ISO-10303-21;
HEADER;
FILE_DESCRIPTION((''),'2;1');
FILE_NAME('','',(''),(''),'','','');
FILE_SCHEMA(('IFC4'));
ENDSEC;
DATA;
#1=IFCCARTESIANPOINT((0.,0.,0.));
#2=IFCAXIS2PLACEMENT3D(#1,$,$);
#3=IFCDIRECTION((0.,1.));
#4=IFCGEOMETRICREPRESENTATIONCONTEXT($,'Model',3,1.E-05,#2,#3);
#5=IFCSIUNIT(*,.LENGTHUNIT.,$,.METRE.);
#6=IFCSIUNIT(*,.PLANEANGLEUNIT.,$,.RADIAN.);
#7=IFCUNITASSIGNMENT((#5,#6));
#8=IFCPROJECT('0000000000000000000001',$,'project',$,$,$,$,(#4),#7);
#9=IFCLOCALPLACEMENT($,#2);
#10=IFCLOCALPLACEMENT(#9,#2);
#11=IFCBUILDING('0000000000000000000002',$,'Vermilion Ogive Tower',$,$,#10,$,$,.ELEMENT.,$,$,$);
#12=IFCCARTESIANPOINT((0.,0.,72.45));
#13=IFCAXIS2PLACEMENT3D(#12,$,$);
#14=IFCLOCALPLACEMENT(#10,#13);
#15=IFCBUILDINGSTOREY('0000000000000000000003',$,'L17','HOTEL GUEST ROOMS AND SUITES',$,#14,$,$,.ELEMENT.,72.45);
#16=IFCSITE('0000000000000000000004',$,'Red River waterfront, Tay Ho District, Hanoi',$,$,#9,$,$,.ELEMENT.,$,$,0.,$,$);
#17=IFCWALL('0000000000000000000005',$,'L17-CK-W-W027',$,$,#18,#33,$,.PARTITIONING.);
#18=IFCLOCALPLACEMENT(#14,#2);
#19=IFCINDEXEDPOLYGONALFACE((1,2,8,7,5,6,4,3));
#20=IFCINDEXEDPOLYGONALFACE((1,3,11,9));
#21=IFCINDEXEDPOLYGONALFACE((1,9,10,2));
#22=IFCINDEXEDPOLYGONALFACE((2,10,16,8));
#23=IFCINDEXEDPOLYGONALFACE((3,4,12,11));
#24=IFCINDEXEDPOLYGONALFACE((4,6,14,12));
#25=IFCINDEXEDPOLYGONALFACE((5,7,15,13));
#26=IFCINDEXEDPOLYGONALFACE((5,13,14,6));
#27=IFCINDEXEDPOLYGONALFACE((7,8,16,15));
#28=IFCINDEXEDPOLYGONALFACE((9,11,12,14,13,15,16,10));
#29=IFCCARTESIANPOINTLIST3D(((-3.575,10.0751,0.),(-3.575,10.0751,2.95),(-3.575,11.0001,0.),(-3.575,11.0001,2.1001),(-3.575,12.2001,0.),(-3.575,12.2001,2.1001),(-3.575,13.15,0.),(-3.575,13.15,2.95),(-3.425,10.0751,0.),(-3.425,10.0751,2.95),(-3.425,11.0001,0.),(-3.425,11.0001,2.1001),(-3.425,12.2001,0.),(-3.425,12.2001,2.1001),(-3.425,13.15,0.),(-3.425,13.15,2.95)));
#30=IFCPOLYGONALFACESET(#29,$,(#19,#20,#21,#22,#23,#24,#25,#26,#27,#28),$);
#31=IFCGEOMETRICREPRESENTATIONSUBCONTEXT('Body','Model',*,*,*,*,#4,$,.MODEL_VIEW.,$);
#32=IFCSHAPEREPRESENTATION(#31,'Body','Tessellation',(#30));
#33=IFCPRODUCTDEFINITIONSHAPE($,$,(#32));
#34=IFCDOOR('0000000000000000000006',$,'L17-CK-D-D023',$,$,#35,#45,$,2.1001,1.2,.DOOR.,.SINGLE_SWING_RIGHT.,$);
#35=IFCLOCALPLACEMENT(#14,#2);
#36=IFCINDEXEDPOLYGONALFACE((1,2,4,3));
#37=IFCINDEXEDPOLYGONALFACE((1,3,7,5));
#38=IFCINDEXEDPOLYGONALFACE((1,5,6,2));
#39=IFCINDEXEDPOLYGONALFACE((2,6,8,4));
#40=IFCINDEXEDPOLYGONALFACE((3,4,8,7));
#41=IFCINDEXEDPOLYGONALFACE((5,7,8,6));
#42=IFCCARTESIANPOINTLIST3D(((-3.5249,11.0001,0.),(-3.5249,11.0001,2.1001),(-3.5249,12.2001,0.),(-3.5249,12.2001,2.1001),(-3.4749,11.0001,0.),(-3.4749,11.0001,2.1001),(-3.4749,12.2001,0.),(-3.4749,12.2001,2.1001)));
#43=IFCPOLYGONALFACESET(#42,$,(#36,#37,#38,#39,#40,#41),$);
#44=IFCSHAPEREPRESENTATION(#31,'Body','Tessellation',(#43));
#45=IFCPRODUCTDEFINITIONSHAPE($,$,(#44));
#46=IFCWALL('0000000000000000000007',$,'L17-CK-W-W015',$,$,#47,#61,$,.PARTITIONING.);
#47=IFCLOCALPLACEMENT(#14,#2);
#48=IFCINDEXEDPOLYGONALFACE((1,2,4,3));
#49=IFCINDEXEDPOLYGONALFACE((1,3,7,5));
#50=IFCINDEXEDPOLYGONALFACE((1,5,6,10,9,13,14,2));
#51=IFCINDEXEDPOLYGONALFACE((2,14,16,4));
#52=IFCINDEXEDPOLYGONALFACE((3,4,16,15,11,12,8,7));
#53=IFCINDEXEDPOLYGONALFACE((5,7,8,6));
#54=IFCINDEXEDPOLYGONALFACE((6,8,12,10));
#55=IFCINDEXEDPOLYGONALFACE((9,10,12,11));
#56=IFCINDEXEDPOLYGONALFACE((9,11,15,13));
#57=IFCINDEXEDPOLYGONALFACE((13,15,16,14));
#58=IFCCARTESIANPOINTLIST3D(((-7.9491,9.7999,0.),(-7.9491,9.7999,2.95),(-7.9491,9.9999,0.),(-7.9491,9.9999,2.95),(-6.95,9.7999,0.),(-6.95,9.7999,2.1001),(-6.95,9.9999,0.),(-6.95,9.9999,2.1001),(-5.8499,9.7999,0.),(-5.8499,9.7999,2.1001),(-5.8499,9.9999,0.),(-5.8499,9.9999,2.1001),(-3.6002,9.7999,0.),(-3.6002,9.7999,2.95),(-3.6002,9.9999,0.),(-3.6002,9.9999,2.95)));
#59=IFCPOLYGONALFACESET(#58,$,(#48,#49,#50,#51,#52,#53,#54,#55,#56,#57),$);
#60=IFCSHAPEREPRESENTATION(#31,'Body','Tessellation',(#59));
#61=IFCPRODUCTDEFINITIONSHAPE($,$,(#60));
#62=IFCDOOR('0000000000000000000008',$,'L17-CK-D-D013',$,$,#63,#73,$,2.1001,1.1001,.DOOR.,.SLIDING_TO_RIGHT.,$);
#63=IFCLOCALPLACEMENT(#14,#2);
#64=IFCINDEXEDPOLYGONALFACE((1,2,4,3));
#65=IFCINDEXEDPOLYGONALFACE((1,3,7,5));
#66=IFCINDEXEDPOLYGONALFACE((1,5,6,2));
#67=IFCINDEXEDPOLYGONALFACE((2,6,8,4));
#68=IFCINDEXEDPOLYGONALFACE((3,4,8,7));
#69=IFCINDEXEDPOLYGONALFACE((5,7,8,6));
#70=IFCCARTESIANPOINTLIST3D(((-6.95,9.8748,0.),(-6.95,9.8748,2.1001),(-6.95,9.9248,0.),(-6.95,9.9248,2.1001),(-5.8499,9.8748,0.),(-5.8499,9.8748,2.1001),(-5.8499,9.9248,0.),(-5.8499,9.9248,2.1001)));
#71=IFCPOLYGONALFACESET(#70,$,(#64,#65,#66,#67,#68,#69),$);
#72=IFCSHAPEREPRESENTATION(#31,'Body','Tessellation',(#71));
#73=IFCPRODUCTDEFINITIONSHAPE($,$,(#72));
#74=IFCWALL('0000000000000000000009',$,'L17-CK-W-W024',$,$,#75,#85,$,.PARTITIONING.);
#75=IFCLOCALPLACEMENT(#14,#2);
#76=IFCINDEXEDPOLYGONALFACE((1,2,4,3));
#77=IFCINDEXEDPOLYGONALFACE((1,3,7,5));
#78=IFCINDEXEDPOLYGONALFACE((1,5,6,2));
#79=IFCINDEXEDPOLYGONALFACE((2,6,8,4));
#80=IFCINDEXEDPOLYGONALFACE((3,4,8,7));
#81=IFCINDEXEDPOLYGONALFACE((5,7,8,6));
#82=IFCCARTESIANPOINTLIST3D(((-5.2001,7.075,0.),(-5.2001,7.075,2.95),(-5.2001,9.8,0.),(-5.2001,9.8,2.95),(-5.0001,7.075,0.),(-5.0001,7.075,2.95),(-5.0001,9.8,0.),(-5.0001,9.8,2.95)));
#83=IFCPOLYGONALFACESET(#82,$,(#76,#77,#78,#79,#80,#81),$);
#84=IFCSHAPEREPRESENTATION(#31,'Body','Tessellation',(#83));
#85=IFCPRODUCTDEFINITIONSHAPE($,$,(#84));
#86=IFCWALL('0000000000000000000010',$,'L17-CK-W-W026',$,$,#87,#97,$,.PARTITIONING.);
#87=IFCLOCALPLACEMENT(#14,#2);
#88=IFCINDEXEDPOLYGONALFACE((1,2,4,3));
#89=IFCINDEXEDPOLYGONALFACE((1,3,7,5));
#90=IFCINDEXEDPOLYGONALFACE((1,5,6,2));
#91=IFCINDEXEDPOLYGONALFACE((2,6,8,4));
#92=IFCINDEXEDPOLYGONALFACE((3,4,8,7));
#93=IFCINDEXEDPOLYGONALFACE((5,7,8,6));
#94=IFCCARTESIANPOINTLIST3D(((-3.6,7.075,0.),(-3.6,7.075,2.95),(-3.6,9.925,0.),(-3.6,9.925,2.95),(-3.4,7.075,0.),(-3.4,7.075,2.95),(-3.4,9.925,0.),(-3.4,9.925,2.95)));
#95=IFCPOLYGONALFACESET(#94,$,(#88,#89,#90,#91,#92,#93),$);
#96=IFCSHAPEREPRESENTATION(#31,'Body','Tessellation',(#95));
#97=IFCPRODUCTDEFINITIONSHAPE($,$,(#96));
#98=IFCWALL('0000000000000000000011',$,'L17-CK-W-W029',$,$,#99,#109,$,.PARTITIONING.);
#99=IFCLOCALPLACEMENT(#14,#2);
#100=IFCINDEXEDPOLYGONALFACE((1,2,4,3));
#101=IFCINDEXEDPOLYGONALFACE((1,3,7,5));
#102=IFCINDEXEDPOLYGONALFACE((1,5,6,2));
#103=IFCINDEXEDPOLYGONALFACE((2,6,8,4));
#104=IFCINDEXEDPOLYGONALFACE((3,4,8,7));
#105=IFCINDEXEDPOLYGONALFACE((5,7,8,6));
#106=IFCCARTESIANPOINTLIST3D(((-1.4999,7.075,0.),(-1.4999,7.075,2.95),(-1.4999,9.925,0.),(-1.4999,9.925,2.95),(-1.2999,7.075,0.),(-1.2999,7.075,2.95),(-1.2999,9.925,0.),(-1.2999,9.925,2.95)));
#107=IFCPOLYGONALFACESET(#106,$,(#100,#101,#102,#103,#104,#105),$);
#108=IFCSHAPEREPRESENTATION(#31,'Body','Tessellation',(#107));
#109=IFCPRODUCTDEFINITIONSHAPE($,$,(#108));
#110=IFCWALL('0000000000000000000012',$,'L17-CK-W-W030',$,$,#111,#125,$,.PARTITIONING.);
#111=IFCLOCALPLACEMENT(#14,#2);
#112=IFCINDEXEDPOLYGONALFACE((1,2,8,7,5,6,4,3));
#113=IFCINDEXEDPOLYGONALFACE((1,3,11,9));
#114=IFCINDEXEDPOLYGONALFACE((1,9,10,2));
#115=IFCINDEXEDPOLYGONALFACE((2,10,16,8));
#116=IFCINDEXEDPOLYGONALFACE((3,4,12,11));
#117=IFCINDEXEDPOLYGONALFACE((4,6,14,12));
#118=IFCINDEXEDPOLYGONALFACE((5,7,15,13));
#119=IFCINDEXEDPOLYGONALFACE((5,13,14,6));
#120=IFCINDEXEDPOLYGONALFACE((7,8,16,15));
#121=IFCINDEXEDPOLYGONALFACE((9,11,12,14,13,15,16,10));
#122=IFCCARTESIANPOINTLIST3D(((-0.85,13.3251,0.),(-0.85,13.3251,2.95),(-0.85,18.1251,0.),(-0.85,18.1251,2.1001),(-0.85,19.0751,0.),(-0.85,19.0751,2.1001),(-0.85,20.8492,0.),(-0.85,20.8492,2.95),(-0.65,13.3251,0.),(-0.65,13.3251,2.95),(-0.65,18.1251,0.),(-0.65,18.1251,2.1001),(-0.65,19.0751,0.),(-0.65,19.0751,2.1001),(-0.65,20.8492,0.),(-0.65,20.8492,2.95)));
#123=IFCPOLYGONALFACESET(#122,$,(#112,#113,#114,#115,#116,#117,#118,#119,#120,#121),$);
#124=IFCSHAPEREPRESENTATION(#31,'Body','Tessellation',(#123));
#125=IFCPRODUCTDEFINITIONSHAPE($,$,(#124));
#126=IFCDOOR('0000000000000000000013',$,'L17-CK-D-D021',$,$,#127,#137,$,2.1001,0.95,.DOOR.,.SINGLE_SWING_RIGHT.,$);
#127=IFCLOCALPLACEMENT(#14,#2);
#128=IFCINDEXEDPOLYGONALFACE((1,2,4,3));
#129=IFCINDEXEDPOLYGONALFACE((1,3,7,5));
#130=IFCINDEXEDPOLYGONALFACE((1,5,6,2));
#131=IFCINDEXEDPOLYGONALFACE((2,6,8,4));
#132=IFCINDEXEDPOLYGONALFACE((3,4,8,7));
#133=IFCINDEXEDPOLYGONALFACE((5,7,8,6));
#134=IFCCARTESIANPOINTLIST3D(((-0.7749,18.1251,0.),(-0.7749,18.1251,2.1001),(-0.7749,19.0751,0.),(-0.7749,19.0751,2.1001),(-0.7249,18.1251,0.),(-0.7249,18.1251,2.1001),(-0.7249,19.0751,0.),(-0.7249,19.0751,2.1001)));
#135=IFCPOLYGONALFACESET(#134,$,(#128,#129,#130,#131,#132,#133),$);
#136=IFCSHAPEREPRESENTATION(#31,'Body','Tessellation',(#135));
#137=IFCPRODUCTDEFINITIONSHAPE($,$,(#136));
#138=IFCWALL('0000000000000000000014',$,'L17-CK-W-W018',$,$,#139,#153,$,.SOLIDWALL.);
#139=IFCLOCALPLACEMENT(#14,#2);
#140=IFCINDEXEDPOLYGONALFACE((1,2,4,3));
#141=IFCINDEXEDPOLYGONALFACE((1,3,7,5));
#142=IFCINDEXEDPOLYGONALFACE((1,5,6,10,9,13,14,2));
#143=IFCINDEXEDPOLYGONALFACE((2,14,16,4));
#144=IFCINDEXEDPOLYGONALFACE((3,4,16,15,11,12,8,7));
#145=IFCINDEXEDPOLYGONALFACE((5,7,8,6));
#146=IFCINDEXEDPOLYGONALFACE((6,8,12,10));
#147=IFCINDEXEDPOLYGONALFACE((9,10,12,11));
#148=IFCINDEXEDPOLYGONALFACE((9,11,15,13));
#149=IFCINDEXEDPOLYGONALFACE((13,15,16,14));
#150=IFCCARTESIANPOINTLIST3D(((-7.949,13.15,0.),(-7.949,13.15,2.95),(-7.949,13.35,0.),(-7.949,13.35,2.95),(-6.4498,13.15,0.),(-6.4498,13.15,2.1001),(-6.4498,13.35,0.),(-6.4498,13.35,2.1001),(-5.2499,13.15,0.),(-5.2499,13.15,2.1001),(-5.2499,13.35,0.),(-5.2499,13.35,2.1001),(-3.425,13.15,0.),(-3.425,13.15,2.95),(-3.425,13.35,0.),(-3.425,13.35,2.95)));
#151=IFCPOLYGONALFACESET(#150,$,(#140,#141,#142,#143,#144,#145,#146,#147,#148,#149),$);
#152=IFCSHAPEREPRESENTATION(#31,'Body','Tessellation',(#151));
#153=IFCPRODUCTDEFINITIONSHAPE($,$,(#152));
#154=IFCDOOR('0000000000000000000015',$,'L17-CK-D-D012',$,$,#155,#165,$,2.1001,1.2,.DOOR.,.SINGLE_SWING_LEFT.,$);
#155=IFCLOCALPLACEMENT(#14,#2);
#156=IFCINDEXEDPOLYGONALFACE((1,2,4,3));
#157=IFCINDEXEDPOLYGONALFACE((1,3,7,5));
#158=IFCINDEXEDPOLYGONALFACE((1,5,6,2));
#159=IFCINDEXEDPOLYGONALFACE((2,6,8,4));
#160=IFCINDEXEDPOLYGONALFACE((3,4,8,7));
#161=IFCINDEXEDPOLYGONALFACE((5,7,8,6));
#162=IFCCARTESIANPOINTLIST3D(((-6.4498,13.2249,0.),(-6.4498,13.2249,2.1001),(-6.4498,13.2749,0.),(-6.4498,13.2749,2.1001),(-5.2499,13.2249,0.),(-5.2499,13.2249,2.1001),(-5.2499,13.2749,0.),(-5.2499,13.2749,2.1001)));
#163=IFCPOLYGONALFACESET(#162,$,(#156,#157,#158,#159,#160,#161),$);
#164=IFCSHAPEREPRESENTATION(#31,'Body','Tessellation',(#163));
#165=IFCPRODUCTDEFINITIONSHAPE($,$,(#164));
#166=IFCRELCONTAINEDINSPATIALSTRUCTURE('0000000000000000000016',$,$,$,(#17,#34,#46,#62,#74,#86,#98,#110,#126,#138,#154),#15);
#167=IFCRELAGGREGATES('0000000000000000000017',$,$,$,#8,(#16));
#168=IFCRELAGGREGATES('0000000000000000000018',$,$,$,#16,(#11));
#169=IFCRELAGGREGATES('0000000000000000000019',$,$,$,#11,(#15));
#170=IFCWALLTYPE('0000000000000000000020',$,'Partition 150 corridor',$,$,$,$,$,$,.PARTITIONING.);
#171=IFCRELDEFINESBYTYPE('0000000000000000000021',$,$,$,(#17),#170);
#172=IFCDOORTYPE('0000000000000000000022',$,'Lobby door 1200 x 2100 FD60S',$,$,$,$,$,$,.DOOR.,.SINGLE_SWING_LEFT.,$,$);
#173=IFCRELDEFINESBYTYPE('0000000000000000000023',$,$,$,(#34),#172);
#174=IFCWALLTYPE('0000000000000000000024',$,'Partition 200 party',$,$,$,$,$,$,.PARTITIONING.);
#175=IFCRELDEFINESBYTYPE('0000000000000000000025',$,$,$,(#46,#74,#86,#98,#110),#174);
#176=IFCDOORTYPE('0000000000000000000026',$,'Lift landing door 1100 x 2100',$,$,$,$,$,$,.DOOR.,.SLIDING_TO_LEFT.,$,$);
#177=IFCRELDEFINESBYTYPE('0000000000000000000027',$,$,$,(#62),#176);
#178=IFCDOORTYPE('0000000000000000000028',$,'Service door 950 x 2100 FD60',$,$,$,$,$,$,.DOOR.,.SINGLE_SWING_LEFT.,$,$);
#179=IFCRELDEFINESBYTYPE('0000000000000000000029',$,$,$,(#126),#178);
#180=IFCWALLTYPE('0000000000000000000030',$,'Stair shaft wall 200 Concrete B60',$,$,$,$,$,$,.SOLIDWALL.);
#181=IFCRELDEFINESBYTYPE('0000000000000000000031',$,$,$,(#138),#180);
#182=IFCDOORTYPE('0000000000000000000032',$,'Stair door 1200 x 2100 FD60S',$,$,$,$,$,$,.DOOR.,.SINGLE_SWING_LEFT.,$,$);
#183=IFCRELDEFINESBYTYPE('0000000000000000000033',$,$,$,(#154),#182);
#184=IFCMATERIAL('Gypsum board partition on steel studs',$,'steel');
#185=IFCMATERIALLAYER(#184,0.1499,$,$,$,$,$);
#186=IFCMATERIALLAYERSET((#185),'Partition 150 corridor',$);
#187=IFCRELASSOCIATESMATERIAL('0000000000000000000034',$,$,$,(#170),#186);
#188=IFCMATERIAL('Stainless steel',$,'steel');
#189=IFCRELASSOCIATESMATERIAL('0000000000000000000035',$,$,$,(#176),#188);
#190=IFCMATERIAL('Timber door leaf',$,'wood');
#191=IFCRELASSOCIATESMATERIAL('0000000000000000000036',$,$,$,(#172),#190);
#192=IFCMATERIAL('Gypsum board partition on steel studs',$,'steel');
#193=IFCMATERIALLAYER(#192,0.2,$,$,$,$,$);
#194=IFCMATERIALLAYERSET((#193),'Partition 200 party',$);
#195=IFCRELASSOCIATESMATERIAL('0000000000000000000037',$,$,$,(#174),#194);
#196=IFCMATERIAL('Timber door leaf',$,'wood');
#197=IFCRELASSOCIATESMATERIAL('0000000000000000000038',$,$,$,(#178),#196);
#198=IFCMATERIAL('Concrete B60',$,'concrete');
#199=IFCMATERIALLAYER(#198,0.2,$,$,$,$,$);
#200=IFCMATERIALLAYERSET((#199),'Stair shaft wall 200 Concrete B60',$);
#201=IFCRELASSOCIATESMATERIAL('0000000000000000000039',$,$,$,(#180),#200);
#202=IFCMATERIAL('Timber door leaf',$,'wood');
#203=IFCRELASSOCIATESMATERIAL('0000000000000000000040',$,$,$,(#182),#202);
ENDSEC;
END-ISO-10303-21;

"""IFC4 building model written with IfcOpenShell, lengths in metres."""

from ifc_helpers import new_model, si_unit, direction, frame, frame_2d, origin, place, context, subcontext, project, spatial, rectangle, extrude, material, layer, layer_set, type_object, element, fill, save


model = new_model("IFC4")

# Units and contexts
model_context = context("Model", 3, precision=1e-05, world=origin(), true_north=direction((0.0, 1.0)))
body_context = subcontext(model_context, "Body", "Model", "MODEL_VIEW")
ifc_project = project(units=[si_unit("LENGTHUNIT", "METRE"), si_unit("PLANEANGLEUNIT", "RADIAN")], contexts=[model_context])

# Site, building, storey
site_placement = place(None, origin())
site = spatial("IfcSite", under=ifc_project, at=site_placement, Name="Red River waterfront, Tay Ho District, Hanoi", CompositionType="ELEMENT", RefElevation=0.0)
building_placement = place(site_placement, origin())
building = spatial("IfcBuilding", under=site, at=building_placement, Name="Vermilion Ogive Tower", CompositionType="ELEMENT")
storey_placement = place(building_placement, frame((0.0, 0.0, 72.45)))
storey = spatial("IfcBuildingStorey", under=building, at=storey_placement, Name="L17", Description="HOTEL GUEST ROOMS AND SUITES", CompositionType="ELEMENT", Elevation=72.45)

# Shared definitions
ifc_material_1 = material(Name="Gypsum board partition on steel studs", Category="steel")
ifc_layer_1 = layer(ifc_material_1, 0.1499)
ifc_layer_set_1 = layer_set([ifc_layer_1], Name="Partition 150 corridor")
wall_type_1 = type_object("IfcWallType", Name="Partition 150 corridor", PredefinedType="PARTITIONING", material=ifc_layer_set_1)

# Shared definitions
ifc_material_2 = material(Name="Stainless steel", Category="steel")
door_type_1 = type_object("IfcDoorType", Name="Lift landing door 1100 x 2100", OperationType="SLIDING_TO_LEFT", PredefinedType="DOOR", material=ifc_material_2)

# Walls, openings, doors
wall_1_placement = place(storey_placement, frame((-3.5, 10.075, 0.0), z_axis=(0.0, 0.0, 1.0), x_axis=(0.0, 1.0, 0.0)))
wall_1 = element("IfcWall", 1, at=wall_1_placement, inside=storey, type_object=wall_type_1, Name="L17-CK-W-W027", PredefinedType="PARTITIONING", context=body_context, shape_type="SweptSolid", body=[
    extrude(rectangle(XDim=3.075, YDim=0.1499, at=frame_2d((1.5376, 0.0))), origin(), (0.0, 0.0, 1.0), 2.95),
])
opening_1_placement = place(wall_1_placement, frame((0.925, 0.0, 0.0)))
opening_1 = element("IfcOpeningElement", 2, at=opening_1_placement, cuts=wall_1, PredefinedType="OPENING", context=body_context, shape_type="SweptSolid", body=[
    extrude(rectangle(XDim=1.2, YDim=2.1001, at=frame_2d((0.6001, 1.05))), frame((0.0, 0.085, 0.0), z_axis=(0.0, -1.0, 0.0), x_axis=(1.0, 0.0, 0.0)), (0.0, 0.0, 1.0), 0.1699),
])
ifc_material_3 = material(Name="Timber door leaf", Category="wood")
door_type_2 = type_object("IfcDoorType", Name="Lobby door 1200 x 2100 FD60S", OperationType="SINGLE_SWING_LEFT", PredefinedType="DOOR", material=ifc_material_3)
door_1_placement = place(opening_1_placement, origin())
door_1 = element("IfcDoor", 3, at=door_1_placement, inside=storey, type_object=door_type_2, Name="L17-CK-D-D023", OperationType="SINGLE_SWING_RIGHT", OverallHeight=2.1001, OverallWidth=1.2, PredefinedType="DOOR", context=body_context, shape_type="SweptSolid", body=[
    extrude(rectangle(XDim=1.2, YDim=2.1001, at=frame_2d((0.6001, 1.05))), frame((0.0, 0.0249, 0.0), z_axis=(0.0, -1.0, 0.0), x_axis=(1.0, 0.0, 0.0)), (0.0, 0.0, 1.0), 0.05),
])
fill(opening_1, door_1)
ifc_material_4 = material(Name="Gypsum board partition on steel studs", Category="steel")
ifc_layer_2 = layer(ifc_material_4, 0.2)
ifc_layer_set_2 = layer_set([ifc_layer_2], Name="Partition 200 party")
wall_type_2 = type_object("IfcWallType", Name="Partition 200 party", PredefinedType="PARTITIONING", material=ifc_layer_set_2)
wall_2_placement = place(storey_placement, frame((-7.949, 9.8999, 0.0), z_axis=(0.0, 0.0, 1.0), x_axis=(1.0, 0.0, 0.0)))
wall_2 = element("IfcWall", 4, at=wall_2_placement, inside=storey, type_object=wall_type_2, Name="L17-CK-W-W015", PredefinedType="PARTITIONING", context=body_context, shape_type="SweptSolid", body=[
    extrude(rectangle(XDim=4.3489, YDim=0.2, at=frame_2d((2.1743, 0.0))), origin(), (0.0, 0.0, 1.0), 2.95),
])
opening_2_placement = place(wall_2_placement, frame((0.999, 0.0, 0.0)))
opening_2 = element("IfcOpeningElement", 5, at=opening_2_placement, cuts=wall_2, PredefinedType="OPENING", context=body_context, shape_type="SweptSolid", body=[
    extrude(rectangle(XDim=1.1001, YDim=2.1001, at=frame_2d((0.55, 1.05))), frame((0.0, 0.1099, 0.0), z_axis=(0.0, -1.0, 0.0), x_axis=(1.0, 0.0, 0.0)), (0.0, 0.0, 1.0), 0.22),
])
door_2_placement = place(opening_2_placement, origin())
door_2 = element("IfcDoor", 6, at=door_2_placement, inside=storey, type_object=door_type_1, Name="L17-CK-D-D013", OperationType="SLIDING_TO_RIGHT", OverallHeight=2.1001, OverallWidth=1.1001, PredefinedType="DOOR", context=body_context, shape_type="SweptSolid", body=[
    extrude(rectangle(XDim=1.1001, YDim=2.1001, at=frame_2d((0.55, 1.05))), frame((0.0, 0.0249, 0.0), z_axis=(0.0, -1.0, 0.0), x_axis=(1.0, 0.0, 0.0)), (0.0, 0.0, 1.0), 0.05),
])
fill(opening_2, door_2)

# Walls
wall_3_placement = place(storey_placement, frame((-5.1001, 7.075, 0.0), z_axis=(0.0, 0.0, 1.0), x_axis=(0.0, 1.0, 0.0)))
element("IfcWall", 7, at=wall_3_placement, inside=storey, type_object=wall_type_2, Name="L17-CK-W-W024", PredefinedType="PARTITIONING", context=body_context, shape_type="SweptSolid", body=[
    extrude(rectangle(XDim=2.7251, YDim=0.2, at=frame_2d((1.3625, 0.0))), origin(), (0.0, 0.0, 1.0), 2.95),
])
for number, where, z_axis, x_axis, name in (
    (8, (-3.5, 7.075, 0.0), (0.0, 0.0, 1.0), (0.0, 1.0, 0.0), "L17-CK-W-W026"),
    (9, (-1.3999, 7.075, 0.0), (0.0, 0.0, 1.0), (0.0, 1.0, 0.0), "L17-CK-W-W029"),
):
    element("IfcWall", number, at=place(storey_placement, frame(where, z_axis=z_axis, x_axis=x_axis)), inside=storey, type_object=wall_type_2, Name=name, PredefinedType="PARTITIONING", context=body_context, shape_type="SweptSolid", body=[
        extrude(rectangle(XDim=2.8501, YDim=0.2, at=frame_2d((1.425, 0.0))), origin(), (0.0, 0.0, 1.0), 2.95),
    ])

# Walls, openings, doors
wall_4_placement = place(storey_placement, frame((-0.75, 13.325, 0.0), z_axis=(0.0, 0.0, 1.0), x_axis=(0.0, 1.0, 0.0)))
wall_4 = element("IfcWall", 10, at=wall_4_placement, inside=storey, type_object=wall_type_2, Name="L17-CK-W-W030", PredefinedType="PARTITIONING", context=body_context, shape_type="SweptSolid", body=[
    extrude(rectangle(XDim=7.5242, YDim=0.2, at=frame_2d((3.7622, 0.0))), origin(), (0.0, 0.0, 1.0), 2.95),
])
opening_3_placement = place(wall_4_placement, frame((4.8, 0.0, 0.0)))
opening_3 = element("IfcOpeningElement", 11, at=opening_3_placement, cuts=wall_4, PredefinedType="OPENING", context=body_context, shape_type="SweptSolid", body=[
    extrude(rectangle(XDim=0.95, YDim=2.1001, at=frame_2d((0.4751, 1.05))), frame((0.0, 0.1099, 0.0), z_axis=(0.0, -1.0, 0.0), x_axis=(1.0, 0.0, 0.0)), (0.0, 0.0, 1.0), 0.22),
])
ifc_material_5 = material(Name="Timber door leaf", Category="wood")
door_type_3 = type_object("IfcDoorType", Name="Service door 950 x 2100 FD60", OperationType="SINGLE_SWING_LEFT", PredefinedType="DOOR", material=ifc_material_5)
door_3_placement = place(opening_3_placement, origin())
door_3 = element("IfcDoor", 12, at=door_3_placement, inside=storey, type_object=door_type_3, Name="L17-CK-D-D021", OperationType="SINGLE_SWING_RIGHT", OverallHeight=2.1001, OverallWidth=0.95, PredefinedType="DOOR", context=body_context, shape_type="SweptSolid", body=[
    extrude(rectangle(XDim=0.95, YDim=2.1001, at=frame_2d((0.4751, 1.05))), frame((0.0, 0.0249, 0.0), z_axis=(0.0, -1.0, 0.0), x_axis=(1.0, 0.0, 0.0)), (0.0, 0.0, 1.0), 0.05),
])
fill(opening_3, door_3)
ifc_material_6 = material(Name="Concrete B60", Category="concrete")
ifc_layer_3 = layer(ifc_material_6, 0.2)
ifc_layer_set_3 = layer_set([ifc_layer_3], Name="Stair shaft wall 200 Concrete B60")
wall_type_3 = type_object("IfcWallType", Name="Stair shaft wall 200 Concrete B60", PredefinedType="SOLIDWALL", material=ifc_layer_set_3)
wall_5_placement = place(storey_placement, frame((-7.949, 13.25, 0.0), z_axis=(0.0, 0.0, 1.0), x_axis=(1.0, 0.0, 0.0)))
wall_5 = element("IfcWall", 13, at=wall_5_placement, inside=storey, type_object=wall_type_3, Name="L17-CK-W-W018", PredefinedType="SOLIDWALL", context=body_context, shape_type="SweptSolid", body=[
    extrude(rectangle(XDim=4.5239, YDim=0.2, at=frame_2d((2.262, 0.0))), origin(), (0.0, 0.0, 1.0), 2.95),
])
opening_4_placement = place(wall_5_placement, frame((1.499, 0.0, 0.0)))
opening_4 = element("IfcOpeningElement", 14, at=opening_4_placement, cuts=wall_5, PredefinedType="OPENING", context=body_context, shape_type="SweptSolid", body=[
    extrude(rectangle(XDim=1.2, YDim=2.1001, at=frame_2d((0.6001, 1.05))), frame((0.0, 0.1099, 0.0), z_axis=(0.0, -1.0, 0.0), x_axis=(1.0, 0.0, 0.0)), (0.0, 0.0, 1.0), 0.22),
])
ifc_material_7 = material(Name="Timber door leaf", Category="wood")
door_type_4 = type_object("IfcDoorType", Name="Stair door 1200 x 2100 FD60S", OperationType="SINGLE_SWING_LEFT", PredefinedType="DOOR", material=ifc_material_7)
door_4_placement = place(opening_4_placement, origin())
door_4 = element("IfcDoor", 15, at=door_4_placement, inside=storey, type_object=door_type_4, Name="L17-CK-D-D012", OperationType="SINGLE_SWING_LEFT", OverallHeight=2.1001, OverallWidth=1.2, PredefinedType="DOOR", context=body_context, shape_type="SweptSolid", body=[
    extrude(rectangle(XDim=1.2, YDim=2.1001, at=frame_2d((0.6001, 1.05))), frame((0.0, 0.0249, 0.0), z_axis=(0.0, -1.0, 0.0), x_axis=(1.0, 0.0, 0.0)), (0.0, 0.0, 1.0), 0.05),
])
fill(opening_4, door_4)

save(model, "model.ifc")
